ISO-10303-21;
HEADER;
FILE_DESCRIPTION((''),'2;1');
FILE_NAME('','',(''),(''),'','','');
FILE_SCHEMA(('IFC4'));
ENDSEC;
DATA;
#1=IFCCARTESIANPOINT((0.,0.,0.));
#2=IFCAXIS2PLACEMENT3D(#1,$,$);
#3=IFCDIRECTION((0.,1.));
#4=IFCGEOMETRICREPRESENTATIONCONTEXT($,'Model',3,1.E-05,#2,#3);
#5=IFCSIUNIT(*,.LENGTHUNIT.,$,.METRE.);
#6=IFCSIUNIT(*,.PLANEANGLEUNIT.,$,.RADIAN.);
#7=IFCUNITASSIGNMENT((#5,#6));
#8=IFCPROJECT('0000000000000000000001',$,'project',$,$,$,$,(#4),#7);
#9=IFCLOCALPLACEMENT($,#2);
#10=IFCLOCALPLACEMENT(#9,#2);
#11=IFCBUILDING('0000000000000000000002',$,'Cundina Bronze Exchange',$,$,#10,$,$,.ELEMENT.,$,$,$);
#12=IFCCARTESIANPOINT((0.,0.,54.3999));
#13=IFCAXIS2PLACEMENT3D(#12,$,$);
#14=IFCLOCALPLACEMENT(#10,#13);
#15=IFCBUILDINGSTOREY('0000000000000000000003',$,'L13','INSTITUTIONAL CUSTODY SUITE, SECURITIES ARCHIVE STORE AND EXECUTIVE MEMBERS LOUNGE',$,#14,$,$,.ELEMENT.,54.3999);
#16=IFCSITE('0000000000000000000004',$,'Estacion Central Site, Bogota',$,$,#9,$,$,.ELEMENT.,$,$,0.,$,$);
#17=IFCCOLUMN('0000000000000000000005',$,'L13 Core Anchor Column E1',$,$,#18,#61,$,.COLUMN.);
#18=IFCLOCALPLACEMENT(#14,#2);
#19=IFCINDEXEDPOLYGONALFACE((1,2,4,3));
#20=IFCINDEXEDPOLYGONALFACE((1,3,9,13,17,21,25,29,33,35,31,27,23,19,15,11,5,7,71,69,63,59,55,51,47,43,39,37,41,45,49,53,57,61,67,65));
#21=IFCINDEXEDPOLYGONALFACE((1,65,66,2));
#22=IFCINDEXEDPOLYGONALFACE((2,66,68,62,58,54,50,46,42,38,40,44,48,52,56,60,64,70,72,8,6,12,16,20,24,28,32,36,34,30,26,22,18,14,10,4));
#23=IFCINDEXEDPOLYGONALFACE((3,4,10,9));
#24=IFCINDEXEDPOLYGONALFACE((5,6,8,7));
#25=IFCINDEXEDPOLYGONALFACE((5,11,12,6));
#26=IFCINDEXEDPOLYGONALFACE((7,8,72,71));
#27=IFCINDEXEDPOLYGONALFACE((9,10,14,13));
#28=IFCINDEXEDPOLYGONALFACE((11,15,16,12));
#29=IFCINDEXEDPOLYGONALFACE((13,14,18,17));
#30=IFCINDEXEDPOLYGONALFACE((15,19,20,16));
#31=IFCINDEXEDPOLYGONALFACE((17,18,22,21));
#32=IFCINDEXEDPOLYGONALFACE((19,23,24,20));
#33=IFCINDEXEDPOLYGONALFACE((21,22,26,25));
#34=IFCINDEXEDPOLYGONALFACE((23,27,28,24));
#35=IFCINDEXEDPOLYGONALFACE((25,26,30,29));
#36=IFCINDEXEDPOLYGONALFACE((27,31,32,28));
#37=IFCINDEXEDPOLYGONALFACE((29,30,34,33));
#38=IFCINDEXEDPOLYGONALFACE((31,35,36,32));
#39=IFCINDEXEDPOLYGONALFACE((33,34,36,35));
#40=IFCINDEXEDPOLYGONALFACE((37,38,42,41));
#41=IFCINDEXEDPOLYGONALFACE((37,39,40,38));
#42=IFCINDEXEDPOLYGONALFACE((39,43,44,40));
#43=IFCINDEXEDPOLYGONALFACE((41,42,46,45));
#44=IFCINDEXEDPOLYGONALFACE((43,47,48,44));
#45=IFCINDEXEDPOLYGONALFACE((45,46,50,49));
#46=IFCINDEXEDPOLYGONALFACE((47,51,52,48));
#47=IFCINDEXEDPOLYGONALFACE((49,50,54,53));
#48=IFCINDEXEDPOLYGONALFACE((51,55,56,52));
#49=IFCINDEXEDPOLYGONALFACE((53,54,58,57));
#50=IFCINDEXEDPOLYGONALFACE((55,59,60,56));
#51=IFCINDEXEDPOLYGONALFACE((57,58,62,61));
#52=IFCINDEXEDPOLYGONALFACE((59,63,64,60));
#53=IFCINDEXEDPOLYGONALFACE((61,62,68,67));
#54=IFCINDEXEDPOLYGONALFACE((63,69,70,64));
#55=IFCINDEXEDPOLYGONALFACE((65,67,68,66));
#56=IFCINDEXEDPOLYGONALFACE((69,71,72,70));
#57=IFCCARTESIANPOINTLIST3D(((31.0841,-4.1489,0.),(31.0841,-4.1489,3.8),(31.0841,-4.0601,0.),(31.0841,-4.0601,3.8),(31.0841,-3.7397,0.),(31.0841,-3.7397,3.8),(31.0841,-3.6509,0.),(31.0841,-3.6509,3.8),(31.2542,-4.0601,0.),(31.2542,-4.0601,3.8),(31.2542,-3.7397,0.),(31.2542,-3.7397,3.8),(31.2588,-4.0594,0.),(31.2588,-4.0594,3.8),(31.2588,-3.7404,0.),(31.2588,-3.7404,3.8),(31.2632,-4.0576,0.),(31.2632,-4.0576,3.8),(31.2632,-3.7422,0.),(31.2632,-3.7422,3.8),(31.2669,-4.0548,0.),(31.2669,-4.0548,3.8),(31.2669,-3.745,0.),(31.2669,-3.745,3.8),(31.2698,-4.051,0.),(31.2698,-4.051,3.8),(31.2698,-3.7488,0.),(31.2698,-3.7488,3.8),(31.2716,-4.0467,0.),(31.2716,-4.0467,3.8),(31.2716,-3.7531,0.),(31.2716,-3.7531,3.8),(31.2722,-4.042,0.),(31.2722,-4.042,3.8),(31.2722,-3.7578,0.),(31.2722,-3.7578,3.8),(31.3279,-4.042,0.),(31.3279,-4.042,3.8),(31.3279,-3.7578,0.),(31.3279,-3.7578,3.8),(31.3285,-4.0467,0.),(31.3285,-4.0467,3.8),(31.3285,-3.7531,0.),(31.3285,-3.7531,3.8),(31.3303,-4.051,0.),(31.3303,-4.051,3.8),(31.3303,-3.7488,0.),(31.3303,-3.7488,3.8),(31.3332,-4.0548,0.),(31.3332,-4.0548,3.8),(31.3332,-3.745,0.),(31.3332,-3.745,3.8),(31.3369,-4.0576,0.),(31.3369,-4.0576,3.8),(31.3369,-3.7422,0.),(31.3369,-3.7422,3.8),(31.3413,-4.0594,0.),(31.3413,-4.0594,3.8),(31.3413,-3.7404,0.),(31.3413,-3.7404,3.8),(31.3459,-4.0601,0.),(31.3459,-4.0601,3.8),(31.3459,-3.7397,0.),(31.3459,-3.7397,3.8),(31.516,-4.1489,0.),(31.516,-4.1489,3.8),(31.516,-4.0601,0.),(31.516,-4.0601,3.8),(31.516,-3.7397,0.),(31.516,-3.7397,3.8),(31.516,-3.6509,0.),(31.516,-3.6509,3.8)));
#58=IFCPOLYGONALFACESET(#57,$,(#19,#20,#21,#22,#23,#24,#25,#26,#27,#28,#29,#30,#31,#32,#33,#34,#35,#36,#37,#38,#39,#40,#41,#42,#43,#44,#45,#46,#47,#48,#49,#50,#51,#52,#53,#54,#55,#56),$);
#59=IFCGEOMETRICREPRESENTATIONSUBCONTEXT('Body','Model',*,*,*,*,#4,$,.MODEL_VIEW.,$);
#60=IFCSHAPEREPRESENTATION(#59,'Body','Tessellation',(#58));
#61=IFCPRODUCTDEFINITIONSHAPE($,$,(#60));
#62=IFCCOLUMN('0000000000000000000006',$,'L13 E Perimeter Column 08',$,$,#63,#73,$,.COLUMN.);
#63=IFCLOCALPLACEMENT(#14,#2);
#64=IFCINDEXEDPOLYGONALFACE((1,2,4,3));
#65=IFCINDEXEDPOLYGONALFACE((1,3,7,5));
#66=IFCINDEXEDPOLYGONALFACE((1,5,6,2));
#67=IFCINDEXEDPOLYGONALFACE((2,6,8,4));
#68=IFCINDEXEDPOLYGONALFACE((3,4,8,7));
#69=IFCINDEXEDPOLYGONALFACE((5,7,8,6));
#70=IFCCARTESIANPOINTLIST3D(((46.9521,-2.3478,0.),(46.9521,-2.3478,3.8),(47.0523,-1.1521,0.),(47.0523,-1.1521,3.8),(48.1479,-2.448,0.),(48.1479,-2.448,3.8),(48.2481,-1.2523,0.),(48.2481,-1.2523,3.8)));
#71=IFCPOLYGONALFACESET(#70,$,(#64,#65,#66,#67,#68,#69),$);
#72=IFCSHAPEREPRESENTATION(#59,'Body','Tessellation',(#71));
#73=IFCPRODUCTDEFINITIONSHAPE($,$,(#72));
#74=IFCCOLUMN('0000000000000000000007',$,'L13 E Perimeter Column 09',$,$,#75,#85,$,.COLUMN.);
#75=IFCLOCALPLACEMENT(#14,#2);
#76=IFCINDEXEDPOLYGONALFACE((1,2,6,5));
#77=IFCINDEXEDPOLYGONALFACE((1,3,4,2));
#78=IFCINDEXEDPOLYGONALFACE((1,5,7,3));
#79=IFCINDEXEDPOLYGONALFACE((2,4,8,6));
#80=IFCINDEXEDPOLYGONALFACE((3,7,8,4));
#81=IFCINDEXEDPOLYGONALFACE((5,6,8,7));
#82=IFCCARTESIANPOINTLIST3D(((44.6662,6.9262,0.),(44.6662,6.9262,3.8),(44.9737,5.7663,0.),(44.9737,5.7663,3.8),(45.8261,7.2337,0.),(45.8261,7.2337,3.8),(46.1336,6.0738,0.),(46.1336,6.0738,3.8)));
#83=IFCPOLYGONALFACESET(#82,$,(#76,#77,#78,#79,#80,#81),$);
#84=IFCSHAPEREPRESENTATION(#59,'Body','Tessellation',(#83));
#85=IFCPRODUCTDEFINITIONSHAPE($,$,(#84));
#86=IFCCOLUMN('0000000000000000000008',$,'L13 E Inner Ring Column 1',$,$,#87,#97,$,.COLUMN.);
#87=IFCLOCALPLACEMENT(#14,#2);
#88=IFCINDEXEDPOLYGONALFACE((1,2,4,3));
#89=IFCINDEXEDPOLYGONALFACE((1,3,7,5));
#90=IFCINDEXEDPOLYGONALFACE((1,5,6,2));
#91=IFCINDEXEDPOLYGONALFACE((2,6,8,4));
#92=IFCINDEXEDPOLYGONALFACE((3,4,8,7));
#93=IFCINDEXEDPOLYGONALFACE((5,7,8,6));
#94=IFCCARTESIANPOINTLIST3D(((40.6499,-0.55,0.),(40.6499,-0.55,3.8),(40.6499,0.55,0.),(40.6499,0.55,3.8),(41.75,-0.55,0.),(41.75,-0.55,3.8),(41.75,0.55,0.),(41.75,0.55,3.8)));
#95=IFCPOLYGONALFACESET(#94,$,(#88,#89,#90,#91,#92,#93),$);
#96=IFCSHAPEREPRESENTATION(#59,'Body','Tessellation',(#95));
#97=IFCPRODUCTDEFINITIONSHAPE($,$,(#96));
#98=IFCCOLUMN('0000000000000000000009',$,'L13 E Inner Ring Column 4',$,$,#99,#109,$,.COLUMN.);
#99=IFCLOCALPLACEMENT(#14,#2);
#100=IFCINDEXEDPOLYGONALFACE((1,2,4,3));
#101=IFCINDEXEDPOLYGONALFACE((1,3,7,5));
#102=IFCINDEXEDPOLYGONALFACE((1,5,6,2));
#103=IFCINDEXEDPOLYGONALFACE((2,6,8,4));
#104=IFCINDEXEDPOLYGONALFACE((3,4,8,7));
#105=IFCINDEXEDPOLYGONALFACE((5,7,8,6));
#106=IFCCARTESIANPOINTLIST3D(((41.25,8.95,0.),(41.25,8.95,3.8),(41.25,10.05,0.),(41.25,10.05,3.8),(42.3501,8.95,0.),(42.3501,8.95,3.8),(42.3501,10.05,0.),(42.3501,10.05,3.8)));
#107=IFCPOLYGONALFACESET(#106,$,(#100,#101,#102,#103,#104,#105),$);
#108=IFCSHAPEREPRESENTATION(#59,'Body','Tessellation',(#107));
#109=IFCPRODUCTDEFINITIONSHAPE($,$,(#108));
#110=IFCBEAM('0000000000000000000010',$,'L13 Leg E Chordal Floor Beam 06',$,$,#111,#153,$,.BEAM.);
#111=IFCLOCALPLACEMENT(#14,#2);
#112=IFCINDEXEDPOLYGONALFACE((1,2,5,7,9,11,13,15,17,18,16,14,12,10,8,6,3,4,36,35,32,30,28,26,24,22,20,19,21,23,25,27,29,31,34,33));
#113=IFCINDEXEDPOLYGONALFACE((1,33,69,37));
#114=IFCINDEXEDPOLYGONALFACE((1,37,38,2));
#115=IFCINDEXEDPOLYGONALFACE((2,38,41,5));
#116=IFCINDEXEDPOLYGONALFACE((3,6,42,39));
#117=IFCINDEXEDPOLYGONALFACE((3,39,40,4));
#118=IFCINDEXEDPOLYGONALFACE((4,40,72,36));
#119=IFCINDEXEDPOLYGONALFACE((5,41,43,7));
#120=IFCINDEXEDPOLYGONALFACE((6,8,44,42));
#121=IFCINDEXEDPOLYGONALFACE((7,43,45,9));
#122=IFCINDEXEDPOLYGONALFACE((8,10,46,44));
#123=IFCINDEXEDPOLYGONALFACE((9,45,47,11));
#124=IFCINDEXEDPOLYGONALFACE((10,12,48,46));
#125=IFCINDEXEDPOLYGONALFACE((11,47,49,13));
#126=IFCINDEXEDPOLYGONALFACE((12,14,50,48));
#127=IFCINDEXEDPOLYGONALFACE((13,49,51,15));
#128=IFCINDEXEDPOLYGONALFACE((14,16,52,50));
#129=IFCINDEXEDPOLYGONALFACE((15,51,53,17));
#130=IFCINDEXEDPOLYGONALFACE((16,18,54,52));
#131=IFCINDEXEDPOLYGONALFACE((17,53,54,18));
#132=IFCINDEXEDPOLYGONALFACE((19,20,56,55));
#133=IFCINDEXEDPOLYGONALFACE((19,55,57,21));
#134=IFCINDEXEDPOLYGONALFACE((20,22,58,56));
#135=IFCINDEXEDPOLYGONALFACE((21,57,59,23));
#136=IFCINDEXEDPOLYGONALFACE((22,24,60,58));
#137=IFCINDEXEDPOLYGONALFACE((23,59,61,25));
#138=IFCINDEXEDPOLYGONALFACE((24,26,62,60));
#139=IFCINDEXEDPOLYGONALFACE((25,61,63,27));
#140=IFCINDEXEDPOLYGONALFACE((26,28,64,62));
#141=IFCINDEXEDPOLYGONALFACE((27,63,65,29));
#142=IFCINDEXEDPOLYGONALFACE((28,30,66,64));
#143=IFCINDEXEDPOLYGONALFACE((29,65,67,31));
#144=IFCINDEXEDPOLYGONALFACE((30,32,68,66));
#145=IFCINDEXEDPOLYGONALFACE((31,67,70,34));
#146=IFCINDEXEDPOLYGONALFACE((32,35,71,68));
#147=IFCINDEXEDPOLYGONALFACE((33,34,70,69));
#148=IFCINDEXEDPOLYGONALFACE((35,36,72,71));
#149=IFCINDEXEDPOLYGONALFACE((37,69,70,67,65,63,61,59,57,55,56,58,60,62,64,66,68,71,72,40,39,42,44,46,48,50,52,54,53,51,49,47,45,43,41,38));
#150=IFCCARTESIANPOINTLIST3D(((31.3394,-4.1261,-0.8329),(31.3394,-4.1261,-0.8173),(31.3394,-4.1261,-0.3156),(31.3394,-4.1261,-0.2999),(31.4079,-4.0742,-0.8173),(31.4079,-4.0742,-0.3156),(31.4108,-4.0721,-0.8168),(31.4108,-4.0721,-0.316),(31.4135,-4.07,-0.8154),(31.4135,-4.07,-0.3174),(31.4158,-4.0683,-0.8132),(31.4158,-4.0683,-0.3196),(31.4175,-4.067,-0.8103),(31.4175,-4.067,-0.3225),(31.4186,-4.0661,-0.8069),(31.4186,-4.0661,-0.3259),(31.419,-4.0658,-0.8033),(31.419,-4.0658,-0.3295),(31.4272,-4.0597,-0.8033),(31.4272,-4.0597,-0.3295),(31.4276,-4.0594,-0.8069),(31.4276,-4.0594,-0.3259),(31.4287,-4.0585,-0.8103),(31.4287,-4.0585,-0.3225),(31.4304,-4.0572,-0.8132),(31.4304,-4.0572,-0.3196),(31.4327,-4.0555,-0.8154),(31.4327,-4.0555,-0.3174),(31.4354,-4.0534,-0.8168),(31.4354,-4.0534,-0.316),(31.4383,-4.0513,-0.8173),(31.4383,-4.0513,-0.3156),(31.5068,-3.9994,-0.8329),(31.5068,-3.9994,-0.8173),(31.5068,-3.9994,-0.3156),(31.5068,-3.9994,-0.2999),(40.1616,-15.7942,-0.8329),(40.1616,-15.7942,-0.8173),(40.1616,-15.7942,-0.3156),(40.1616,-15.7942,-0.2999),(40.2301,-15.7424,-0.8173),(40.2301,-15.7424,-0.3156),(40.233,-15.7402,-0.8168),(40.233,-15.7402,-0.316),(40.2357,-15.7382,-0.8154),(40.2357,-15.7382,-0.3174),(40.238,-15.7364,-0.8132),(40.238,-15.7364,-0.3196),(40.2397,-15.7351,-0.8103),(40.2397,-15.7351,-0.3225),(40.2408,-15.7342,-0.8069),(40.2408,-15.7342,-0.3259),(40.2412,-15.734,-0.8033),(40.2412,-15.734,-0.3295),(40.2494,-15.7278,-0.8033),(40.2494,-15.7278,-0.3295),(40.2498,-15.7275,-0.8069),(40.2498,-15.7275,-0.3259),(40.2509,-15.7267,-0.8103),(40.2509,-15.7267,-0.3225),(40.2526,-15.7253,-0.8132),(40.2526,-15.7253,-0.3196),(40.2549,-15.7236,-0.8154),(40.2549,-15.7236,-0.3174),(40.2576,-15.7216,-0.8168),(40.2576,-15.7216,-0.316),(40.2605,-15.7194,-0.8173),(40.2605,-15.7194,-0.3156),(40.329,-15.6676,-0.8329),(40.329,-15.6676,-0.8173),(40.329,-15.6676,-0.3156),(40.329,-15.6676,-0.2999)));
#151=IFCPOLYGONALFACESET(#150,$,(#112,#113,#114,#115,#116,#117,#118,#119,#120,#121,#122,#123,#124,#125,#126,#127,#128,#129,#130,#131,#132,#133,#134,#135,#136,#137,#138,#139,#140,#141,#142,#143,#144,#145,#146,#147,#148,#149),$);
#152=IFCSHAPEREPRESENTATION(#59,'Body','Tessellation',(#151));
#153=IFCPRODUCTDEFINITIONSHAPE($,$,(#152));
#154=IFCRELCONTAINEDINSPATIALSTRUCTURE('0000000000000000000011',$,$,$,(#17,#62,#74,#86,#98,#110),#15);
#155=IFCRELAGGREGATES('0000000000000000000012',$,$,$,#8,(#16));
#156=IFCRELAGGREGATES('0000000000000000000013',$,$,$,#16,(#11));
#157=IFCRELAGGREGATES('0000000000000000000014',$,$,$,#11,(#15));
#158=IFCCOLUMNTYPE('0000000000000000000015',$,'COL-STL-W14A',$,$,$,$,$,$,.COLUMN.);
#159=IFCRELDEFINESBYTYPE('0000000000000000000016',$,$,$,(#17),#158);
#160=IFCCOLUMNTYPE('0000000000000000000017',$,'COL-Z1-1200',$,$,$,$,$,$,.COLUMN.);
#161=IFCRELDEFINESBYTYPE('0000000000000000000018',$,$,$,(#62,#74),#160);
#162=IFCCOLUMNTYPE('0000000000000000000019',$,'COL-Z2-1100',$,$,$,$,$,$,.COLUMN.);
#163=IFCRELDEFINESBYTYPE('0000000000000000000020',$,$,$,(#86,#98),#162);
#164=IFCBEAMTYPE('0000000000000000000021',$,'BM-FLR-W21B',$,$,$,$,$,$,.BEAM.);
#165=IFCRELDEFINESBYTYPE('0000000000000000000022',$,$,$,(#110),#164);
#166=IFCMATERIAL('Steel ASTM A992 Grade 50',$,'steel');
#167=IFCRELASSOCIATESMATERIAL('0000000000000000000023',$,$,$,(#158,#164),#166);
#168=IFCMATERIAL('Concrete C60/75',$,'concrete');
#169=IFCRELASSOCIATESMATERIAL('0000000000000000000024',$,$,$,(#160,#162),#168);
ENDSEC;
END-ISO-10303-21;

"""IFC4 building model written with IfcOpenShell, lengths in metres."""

from ifc_helpers import new_model, si_unit, direction, frame, origin, origin_2d, place, context, subcontext, project, spatial, rectangle, i_section, extrude, material, material_profile, profile_set, type_object, element, save


model = new_model("IFC4")

# Units and contexts
model_context = context("Model", 3, precision=1e-05, world=origin(), true_north=direction((0.0, 1.0)))
body_context = subcontext(model_context, "Body", "Model", "MODEL_VIEW")
ifc_project = project(units=[si_unit("LENGTHUNIT", "METRE"), si_unit("PLANEANGLEUNIT", "RADIAN")], contexts=[model_context])

# Site, building, storey
site_placement = place(None, origin())
site = spatial("IfcSite", under=ifc_project, at=site_placement, Name="Estacion Central Site, Bogota", CompositionType="ELEMENT", RefElevation=0.0)
building_placement = place(site_placement, origin())
building = spatial("IfcBuilding", under=site, at=building_placement, Name="Cundina Bronze Exchange", CompositionType="ELEMENT")
storey_placement = place(building_placement, frame((0.0, 0.0, 54.3999)))
storey = spatial("IfcBuildingStorey", under=building, at=storey_placement, Name="L13", Description="INSTITUTIONAL CUSTODY SUITE, SECURITIES ARCHIVE STORE AND EXECUTIVE MEMBERS LOUNGE", CompositionType="ELEMENT", Elevation=54.3999)

# Columns
ifc_material_1 = material(Name="Steel ASTM A992 Grade 50", Category="steel")
ifc_material_profile_1 = material_profile(ifc_material_1, i_section(OverallWidth=0.4319, OverallDepth=0.498, WebThickness=0.0557, FlangeThickness=0.0889, FilletRadius=0.0181, at=origin_2d()), Name="W14X500", Category="steel")
ifc_profile_set_1 = profile_set([ifc_material_profile_1], Name="Steel ASTM A992 Grade 50")
column_type_1 = type_object("IfcColumnType", Name="COL-STL-W14A", PredefinedType="COLUMN", material=ifc_profile_set_1)
column_placement = place(storey_placement, frame((31.3, -3.8999, 0.0), z_axis=(0.0, 0.0, 1.0), x_axis=(1.0, 0.0, 0.0)))
element("IfcColumn", 1, at=column_placement, inside=storey, type_object=column_type_1, Name="L13 Core Anchor Column E1", PredefinedType="COLUMN", context=body_context, shape_type="SweptSolid", body=[
    extrude(i_section(OverallWidth=0.4319, OverallDepth=0.498, WebThickness=0.0557, FlangeThickness=0.0889, FilletRadius=0.0181, at=origin_2d()), origin(), (0.0, 0.0, 1.0), 3.8),
])
ifc_material_2 = material(Name="Concrete C60/75", Category="concrete")
ifc_material_profile_2 = material_profile(ifc_material_2, rectangle(XDim=1.2, YDim=1.2, at=origin_2d()), Name="RC1200X1200", Category="concrete")
ifc_profile_set_2 = profile_set([ifc_material_profile_2], Name="Concrete C60/75")
column_type_2 = type_object("IfcColumnType", Name="COL-Z1-1200", PredefinedType="COLUMN", material=ifc_profile_set_2)
for number, where, z_axis, x_axis, name in (
    (2, (47.6001, -1.8, 0.0), (0.0, 0.0, 1.0), (0.083504, 0.996507, 0.0), "L13 E Perimeter Column 08"),
    (3, (45.3999, 6.5, 0.0), (0.0, 0.0, 1.0), (-0.256289, 0.9666, 0.0), "L13 E Perimeter Column 09"),
):
    element("IfcColumn", number, at=place(storey_placement, frame(where, z_axis=z_axis, x_axis=x_axis)), inside=storey, type_object=column_type_2, Name=name, PredefinedType="COLUMN", context=body_context, shape_type="SweptSolid", body=[
        extrude(rectangle(XDim=1.2, YDim=1.2, at=origin_2d()), origin(), (0.0, 0.0, 1.0), 3.8),
    ])
ifc_material_profile_3 = material_profile(ifc_material_2, rectangle(XDim=1.1001, YDim=1.1001, at=origin_2d()), Name="RC1100X1100", Category="concrete")
ifc_profile_set_3 = profile_set([ifc_material_profile_3], Name="Concrete C60/75")
column_type_3 = type_object("IfcColumnType", Name="COL-Z2-1100", PredefinedType="COLUMN", material=ifc_profile_set_3)
for number, where, z_axis, x_axis, name in (
    (4, (41.2, 0.0, 0.0), (0.0, 0.0, 1.0), (1.0, 0.0, 0.0), "L13 E Inner Ring Column 1"),
    (5, (41.8, 9.5, 0.0), (0.0, 0.0, 1.0), (1.0, 0.0, 0.0), "L13 E Inner Ring Column 4"),
):
    element("IfcColumn", number, at=place(storey_placement, frame(where, z_axis=z_axis, x_axis=x_axis)), inside=storey, type_object=column_type_3, Name=name, PredefinedType="COLUMN", context=body_context, shape_type="SweptSolid", body=[
        extrude(rectangle(XDim=1.1001, YDim=1.1001, at=origin_2d()), origin(), (0.0, 0.0, 1.0), 3.8),
    ])

# Beam
ifc_material_profile_4 = material_profile(ifc_material_1, i_section(OverallWidth=0.21, OverallDepth=0.533, WebThickness=0.0103, FlangeThickness=0.0156, FilletRadius=0.0139, at=origin_2d()), Name="W21X62", Category="steel")
ifc_profile_set_4 = profile_set([ifc_material_profile_4], Name="Steel ASTM A992 Grade 50")
beam_type_1 = type_object("IfcBeamType", Name="BM-FLR-W21B", PredefinedType="BEAM", material=ifc_profile_set_4)
beam_1_placement = place(storey_placement, frame((31.4231, -4.0627, -0.5664), z_axis=(0.603106, -0.797661, 0.0), x_axis=(0.797661, 0.603106, 0.0)))
element("IfcBeam", 6, at=beam_1_placement, inside=storey, type_object=beam_type_1, Name="L13 Leg E Chordal Floor Beam 06", PredefinedType="BEAM", context=body_context, shape_type="SweptSolid", body=[
    extrude(i_section(OverallWidth=0.21, OverallDepth=0.533, WebThickness=0.0103, FlangeThickness=0.0156, FilletRadius=0.0139, at=origin_2d()), origin(), (0.0, 0.0, 1.0), 14.6279),
])

save(model, "model.ifc")
